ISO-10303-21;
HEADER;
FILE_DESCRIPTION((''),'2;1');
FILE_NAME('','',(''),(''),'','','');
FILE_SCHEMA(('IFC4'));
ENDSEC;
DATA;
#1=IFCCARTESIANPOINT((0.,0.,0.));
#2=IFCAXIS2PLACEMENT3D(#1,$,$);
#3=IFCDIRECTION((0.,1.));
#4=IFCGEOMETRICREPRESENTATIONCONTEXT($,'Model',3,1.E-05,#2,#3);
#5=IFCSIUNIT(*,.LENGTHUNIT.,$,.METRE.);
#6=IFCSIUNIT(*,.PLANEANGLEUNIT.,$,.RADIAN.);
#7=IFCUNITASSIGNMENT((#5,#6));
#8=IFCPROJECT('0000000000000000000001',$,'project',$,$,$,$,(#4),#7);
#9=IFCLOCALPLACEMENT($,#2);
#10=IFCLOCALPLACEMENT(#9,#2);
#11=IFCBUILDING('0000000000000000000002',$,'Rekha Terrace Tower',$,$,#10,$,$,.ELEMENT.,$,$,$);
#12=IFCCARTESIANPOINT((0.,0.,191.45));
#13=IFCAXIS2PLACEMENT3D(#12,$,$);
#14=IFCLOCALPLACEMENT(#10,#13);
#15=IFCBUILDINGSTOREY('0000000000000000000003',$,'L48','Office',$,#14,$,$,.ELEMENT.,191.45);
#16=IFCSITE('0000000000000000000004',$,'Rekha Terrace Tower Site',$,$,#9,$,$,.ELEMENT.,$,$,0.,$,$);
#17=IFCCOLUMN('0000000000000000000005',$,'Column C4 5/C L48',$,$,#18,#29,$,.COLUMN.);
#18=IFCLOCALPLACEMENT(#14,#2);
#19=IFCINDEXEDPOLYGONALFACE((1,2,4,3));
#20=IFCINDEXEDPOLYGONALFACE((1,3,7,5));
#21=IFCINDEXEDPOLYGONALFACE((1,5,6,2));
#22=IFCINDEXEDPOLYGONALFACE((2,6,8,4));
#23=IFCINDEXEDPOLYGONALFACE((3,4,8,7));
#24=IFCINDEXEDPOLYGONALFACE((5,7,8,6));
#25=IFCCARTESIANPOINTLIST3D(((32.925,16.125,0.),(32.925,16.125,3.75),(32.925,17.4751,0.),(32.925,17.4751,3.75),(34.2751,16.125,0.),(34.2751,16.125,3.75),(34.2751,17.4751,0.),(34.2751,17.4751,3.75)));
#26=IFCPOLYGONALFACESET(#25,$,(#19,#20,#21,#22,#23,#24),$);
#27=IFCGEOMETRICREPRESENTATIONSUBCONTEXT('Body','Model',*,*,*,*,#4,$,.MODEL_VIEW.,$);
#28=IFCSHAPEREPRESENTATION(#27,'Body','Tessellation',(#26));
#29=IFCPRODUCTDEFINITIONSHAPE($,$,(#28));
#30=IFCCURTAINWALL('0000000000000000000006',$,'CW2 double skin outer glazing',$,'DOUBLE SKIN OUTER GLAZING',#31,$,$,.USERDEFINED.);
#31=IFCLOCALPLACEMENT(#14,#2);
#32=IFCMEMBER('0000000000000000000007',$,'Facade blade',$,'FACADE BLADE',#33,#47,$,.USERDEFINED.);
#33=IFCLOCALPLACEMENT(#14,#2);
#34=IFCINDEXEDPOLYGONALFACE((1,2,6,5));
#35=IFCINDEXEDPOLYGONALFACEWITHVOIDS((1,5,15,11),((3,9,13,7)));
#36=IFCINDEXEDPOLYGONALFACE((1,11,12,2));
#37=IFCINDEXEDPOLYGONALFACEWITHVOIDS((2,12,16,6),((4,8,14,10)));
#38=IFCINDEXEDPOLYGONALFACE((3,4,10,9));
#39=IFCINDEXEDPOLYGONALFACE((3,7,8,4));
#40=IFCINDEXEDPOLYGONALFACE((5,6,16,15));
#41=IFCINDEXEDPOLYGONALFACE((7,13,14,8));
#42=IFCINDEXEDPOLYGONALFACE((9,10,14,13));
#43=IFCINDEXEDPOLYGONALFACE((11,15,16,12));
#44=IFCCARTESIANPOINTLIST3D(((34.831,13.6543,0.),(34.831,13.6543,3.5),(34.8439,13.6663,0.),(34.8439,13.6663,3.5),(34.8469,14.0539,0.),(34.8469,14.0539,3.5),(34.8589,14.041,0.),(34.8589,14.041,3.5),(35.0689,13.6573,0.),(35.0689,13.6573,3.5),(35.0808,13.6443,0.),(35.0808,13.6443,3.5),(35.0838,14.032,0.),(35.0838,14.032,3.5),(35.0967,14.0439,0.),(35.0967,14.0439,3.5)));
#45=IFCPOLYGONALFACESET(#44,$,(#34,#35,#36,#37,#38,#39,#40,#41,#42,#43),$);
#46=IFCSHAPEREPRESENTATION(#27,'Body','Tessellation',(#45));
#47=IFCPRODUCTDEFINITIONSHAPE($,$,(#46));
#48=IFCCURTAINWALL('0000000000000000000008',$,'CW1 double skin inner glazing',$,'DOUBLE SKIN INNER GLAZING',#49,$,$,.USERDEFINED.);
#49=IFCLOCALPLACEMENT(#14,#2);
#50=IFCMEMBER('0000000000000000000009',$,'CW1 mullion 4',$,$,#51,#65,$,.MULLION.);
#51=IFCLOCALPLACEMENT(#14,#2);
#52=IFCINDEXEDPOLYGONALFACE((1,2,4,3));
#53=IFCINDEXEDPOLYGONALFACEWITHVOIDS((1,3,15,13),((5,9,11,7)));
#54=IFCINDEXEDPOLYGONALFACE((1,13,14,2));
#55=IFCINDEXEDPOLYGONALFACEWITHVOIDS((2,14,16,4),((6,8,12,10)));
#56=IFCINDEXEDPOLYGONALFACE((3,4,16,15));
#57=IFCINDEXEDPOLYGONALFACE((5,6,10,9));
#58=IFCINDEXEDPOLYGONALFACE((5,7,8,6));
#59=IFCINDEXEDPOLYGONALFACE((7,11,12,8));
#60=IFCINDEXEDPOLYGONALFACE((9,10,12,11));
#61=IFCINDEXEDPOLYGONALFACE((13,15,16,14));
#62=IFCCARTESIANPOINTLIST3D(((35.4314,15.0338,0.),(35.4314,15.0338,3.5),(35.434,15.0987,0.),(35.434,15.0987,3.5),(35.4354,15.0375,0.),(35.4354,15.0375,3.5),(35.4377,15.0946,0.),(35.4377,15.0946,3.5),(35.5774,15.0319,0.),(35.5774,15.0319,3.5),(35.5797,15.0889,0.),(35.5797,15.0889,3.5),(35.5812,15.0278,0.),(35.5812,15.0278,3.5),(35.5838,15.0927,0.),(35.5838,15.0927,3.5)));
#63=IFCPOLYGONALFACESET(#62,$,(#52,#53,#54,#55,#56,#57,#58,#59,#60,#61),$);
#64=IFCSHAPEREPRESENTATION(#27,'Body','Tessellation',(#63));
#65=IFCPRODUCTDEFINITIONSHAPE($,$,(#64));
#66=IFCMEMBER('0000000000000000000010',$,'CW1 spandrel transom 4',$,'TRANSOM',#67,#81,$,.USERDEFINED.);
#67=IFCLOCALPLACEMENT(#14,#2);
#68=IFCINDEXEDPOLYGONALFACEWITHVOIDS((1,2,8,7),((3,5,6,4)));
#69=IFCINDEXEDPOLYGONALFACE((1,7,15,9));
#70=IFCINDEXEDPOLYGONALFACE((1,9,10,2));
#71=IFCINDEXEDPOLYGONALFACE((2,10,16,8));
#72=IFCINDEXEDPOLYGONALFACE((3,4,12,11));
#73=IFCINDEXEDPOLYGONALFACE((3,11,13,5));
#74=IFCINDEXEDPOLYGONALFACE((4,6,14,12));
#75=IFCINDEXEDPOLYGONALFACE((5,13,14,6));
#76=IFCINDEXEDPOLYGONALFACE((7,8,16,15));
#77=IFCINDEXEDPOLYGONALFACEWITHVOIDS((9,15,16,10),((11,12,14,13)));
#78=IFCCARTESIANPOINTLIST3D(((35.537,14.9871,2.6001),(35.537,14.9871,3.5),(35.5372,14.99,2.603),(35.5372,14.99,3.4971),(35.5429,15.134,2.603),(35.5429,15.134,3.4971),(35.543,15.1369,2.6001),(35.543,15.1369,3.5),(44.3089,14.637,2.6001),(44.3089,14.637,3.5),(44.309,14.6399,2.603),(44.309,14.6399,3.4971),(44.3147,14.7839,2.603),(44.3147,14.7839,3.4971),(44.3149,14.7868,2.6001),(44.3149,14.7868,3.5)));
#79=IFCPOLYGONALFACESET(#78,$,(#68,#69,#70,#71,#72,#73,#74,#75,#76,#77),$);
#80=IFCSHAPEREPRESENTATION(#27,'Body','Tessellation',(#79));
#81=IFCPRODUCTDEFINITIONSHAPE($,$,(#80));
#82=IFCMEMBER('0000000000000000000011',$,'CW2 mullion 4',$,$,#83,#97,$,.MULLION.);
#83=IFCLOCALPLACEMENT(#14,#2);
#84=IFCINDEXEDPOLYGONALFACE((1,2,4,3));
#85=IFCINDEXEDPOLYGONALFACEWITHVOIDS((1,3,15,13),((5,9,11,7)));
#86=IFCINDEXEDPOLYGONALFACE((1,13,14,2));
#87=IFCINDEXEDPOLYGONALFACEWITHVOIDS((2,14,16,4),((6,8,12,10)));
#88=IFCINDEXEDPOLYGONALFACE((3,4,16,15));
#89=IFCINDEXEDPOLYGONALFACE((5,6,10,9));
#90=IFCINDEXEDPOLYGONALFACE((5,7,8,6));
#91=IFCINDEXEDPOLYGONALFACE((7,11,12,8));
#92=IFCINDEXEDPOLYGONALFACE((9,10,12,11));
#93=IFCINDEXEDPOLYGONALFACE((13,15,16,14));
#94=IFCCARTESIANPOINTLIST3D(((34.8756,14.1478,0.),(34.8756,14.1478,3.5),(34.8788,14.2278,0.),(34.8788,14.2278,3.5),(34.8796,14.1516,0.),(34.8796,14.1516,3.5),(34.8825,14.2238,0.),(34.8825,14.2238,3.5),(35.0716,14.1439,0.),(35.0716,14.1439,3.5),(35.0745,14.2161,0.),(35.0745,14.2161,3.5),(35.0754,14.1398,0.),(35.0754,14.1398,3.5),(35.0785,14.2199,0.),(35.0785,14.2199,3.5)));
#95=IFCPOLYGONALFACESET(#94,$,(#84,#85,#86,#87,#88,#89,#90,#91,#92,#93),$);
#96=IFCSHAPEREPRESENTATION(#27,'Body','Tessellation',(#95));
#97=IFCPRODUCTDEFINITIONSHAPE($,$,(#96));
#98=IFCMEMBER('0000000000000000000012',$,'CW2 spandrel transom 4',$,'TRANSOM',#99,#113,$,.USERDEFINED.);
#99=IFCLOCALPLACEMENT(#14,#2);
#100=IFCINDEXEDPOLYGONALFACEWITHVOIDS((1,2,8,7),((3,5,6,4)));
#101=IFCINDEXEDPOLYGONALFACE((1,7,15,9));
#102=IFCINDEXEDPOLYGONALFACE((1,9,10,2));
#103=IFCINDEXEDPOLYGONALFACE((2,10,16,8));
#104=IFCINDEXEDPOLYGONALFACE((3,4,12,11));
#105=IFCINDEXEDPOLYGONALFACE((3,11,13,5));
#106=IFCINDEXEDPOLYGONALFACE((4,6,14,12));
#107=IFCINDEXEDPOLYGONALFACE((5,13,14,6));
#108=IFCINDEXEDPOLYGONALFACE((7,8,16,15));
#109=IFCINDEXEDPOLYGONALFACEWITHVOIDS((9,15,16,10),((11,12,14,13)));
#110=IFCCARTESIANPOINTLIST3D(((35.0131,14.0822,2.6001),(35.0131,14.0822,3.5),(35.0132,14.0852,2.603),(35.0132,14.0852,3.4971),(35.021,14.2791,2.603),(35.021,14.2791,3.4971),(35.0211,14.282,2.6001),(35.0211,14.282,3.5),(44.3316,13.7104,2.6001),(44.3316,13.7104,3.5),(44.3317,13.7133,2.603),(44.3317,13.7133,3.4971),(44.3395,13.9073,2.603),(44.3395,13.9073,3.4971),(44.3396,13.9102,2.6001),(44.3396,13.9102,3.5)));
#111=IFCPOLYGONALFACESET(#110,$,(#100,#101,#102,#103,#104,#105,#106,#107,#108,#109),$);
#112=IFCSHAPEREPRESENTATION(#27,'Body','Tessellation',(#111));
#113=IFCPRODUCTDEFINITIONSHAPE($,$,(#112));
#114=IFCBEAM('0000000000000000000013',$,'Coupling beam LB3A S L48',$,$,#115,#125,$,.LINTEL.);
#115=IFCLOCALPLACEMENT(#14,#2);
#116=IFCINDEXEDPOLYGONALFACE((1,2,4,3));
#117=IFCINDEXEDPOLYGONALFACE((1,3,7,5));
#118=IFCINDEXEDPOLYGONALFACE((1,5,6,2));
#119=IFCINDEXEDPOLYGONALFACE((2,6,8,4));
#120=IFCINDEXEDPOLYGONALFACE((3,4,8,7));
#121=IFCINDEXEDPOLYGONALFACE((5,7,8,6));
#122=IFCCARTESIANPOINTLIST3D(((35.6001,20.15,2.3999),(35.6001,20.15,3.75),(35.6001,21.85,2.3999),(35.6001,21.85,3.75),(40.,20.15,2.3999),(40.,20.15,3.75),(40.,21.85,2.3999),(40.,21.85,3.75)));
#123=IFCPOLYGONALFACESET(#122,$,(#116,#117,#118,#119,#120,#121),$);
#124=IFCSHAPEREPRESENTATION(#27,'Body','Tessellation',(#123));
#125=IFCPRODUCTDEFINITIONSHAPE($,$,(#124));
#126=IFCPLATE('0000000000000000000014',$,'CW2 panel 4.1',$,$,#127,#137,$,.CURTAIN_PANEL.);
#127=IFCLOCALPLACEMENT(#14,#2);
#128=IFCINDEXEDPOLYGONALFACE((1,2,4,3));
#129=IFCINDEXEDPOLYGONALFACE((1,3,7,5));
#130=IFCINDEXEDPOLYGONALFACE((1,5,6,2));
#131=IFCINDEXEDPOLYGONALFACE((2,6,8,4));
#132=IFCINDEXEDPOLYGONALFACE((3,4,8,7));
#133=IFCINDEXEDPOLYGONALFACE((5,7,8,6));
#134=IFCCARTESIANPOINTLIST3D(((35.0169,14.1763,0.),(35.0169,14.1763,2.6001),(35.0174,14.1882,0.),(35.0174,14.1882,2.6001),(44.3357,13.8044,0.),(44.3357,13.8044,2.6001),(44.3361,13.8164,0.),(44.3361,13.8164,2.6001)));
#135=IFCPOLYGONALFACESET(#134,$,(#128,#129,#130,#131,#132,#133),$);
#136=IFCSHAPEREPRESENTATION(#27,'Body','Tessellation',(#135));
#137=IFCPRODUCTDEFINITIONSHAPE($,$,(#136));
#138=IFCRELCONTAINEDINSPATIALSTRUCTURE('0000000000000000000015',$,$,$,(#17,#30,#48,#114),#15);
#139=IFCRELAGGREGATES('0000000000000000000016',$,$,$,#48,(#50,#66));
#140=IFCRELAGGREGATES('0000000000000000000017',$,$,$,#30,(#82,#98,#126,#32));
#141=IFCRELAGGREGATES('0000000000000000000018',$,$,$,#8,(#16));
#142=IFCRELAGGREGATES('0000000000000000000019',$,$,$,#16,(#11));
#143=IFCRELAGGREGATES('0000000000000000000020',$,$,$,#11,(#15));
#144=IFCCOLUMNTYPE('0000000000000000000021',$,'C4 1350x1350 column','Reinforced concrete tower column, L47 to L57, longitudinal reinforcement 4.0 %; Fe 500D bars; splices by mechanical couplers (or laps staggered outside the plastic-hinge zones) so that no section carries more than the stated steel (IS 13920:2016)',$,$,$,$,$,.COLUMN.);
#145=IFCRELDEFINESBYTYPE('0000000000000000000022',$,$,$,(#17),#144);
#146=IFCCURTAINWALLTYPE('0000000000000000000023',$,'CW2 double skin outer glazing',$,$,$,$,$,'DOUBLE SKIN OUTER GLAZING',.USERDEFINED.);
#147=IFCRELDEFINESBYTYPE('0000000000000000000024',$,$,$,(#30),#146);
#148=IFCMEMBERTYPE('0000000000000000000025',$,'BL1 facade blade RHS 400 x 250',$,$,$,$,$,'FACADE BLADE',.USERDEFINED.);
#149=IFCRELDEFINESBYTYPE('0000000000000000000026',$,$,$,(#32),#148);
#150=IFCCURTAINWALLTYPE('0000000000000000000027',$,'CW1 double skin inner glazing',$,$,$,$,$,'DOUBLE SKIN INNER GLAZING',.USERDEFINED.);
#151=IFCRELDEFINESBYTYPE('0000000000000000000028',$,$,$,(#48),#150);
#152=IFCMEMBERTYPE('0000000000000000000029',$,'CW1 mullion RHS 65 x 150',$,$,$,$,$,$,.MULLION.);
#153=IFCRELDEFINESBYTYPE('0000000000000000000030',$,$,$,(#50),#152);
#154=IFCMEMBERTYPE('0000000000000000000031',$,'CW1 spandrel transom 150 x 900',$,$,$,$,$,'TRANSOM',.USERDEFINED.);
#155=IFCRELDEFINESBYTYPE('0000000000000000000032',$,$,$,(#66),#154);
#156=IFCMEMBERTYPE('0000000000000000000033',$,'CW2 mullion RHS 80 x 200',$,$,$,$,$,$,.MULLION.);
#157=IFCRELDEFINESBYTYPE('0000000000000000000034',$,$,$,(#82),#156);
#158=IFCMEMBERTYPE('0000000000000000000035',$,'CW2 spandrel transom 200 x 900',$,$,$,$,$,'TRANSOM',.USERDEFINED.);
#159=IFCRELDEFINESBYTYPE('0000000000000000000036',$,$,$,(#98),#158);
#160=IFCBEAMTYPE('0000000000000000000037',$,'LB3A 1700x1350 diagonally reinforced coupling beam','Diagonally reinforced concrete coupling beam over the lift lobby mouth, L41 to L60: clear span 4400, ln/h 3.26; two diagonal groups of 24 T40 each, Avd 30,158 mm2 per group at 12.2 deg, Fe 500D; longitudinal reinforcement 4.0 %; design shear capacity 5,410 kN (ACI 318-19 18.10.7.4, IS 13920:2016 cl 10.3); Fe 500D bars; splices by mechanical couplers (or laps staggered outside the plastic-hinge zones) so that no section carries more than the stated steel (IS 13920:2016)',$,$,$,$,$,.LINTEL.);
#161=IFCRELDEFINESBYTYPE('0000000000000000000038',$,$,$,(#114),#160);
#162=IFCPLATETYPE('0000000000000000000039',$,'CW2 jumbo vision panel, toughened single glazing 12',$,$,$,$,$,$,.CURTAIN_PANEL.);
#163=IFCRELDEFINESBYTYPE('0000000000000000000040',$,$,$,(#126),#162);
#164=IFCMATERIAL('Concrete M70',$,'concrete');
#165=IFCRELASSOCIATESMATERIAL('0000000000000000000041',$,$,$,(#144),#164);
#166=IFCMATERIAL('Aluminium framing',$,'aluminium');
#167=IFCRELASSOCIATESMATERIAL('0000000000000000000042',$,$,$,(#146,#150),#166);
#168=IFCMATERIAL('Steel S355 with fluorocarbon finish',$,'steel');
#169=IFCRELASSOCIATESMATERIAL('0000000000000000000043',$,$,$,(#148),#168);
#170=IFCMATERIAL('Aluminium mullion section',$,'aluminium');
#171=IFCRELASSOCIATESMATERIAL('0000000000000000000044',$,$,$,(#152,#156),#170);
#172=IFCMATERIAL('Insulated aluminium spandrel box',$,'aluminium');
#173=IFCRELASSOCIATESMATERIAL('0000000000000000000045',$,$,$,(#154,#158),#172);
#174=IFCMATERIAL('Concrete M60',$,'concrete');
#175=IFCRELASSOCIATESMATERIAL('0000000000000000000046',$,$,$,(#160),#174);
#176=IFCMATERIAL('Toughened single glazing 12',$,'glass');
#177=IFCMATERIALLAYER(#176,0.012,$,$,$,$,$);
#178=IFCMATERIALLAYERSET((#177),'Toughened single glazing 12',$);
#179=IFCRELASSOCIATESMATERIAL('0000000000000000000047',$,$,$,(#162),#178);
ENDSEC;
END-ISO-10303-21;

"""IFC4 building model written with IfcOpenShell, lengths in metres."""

from ifc_helpers import new_model, si_unit, direction, frame, origin, origin_2d, place, context, subcontext, project, spatial, rectangle, hollow_rectangle, extrude, material, layer, layer_set, material_profile, profile_set, type_object, element, aggregate, save


model = new_model("IFC4")

# Units and contexts
model_context = context("Model", 3, precision=1e-05, world=origin(), true_north=direction((0.0, 1.0)))
body_context = subcontext(model_context, "Body", "Model", "MODEL_VIEW")
ifc_project = project(units=[si_unit("LENGTHUNIT", "METRE"), si_unit("PLANEANGLEUNIT", "RADIAN")], contexts=[model_context])

# Site, building, storey
site_placement = place(None, origin())
site = spatial("IfcSite", under=ifc_project, at=site_placement, Name="Rekha Terrace Tower Site", CompositionType="ELEMENT", RefElevation=0.0)
building_placement = place(site_placement, origin())
building = spatial("IfcBuilding", under=site, at=building_placement, Name="Rekha Terrace Tower", CompositionType="ELEMENT")
storey_placement = place(building_placement, frame((0.0, 0.0, 191.45)))
storey = spatial("IfcBuildingStorey", under=building, at=storey_placement, Name="L48", Description="Office", CompositionType="ELEMENT", Elevation=191.45)

# Column
ifc_material_1 = material(Name="Concrete M70", Category="concrete")
ifc_material_profile_1 = material_profile(ifc_material_1, rectangle(XDim=1.3501, YDim=1.3501, at=origin_2d()), Name="RC 1350x1350")
ifc_profile_set_1 = profile_set([ifc_material_profile_1], Name="Concrete M70")
column_type = type_object("IfcColumnType", Name="C4 1350x1350 column", Description="Reinforced concrete tower column, L47 to L57, longitudinal reinforcement 4.0 %; Fe 500D bars; splices by mechanical couplers (or laps staggered outside the plastic-hinge zones) so that no section carries more than the stated steel (IS 13920:2016)", PredefinedType="COLUMN", material=ifc_profile_set_1)
column_placement = place(storey_placement, frame((33.6001, 16.8, 0.0), z_axis=(0.0, 0.0, 1.0), x_axis=(1.0, 0.0, 0.0)))
element("IfcColumn", 1, at=column_placement, inside=storey, type_object=column_type, Name="Column C4 5/C L48", PredefinedType="COLUMN", context=body_context, shape_type="SweptSolid", body=[
    extrude(rectangle(XDim=1.3501, YDim=1.3501, at=origin_2d()), origin(), (0.0, 0.0, 1.0), 3.75),
])

# Curtain wall, member
ifc_material_2 = material(Name="Aluminium framing", Category="aluminium")
curtain_wall_type_1 = type_object("IfcCurtainWallType", Name="CW2 double skin outer glazing", ElementType="DOUBLE SKIN OUTER GLAZING", PredefinedType="USERDEFINED", material=ifc_material_2)
curtain_wall_1_placement = place(storey_placement, origin())
curtain_wall_1 = element("IfcCurtainWall", 2, at=curtain_wall_1_placement, inside=storey, type_object=curtain_wall_type_1, Name="CW2 double skin outer glazing", ObjectType="DOUBLE SKIN OUTER GLAZING", PredefinedType="USERDEFINED")
ifc_material_3 = material(Name="Steel S355 with fluorocarbon finish", Category="steel")
ifc_material_profile_2 = material_profile(ifc_material_3, hollow_rectangle(XDim=0.25, YDim=0.3999, WallThickness=0.0125, at=origin_2d()), Name="RHS400x250x12.5")
ifc_profile_set_2 = profile_set([ifc_material_profile_2], Name="Steel S355 with fluorocarbon finish")
member_type_1 = type_object("IfcMemberType", Name="BL1 facade blade RHS 400 x 250", ElementType="FACADE BLADE", PredefinedType="USERDEFINED", material=ifc_profile_set_2)
member_1_placement = place(storey_placement, frame((34.9639, 13.8491, 0.0), z_axis=(0.0, 0.0, 1.0), x_axis=(0.999205, -0.039872, 0.0)))
member_1 = element("IfcMember", 3, at=member_1_placement, type_object=member_type_1, Name="Facade blade", ObjectType="FACADE BLADE", PredefinedType="USERDEFINED", context=body_context, shape_type="SweptSolid", body=[
    extrude(hollow_rectangle(XDim=0.25, YDim=0.3999, WallThickness=0.0125, at=origin_2d()), origin(), (0.0, 0.0, 1.0), 3.5),
])

# Curtain wall, members
curtain_wall_type_2 = type_object("IfcCurtainWallType", Name="CW1 double skin inner glazing", ElementType="DOUBLE SKIN INNER GLAZING", PredefinedType="USERDEFINED", material=ifc_material_2)
curtain_wall_2_placement = place(storey_placement, origin())
curtain_wall_2 = element("IfcCurtainWall", 4, at=curtain_wall_2_placement, inside=storey, type_object=curtain_wall_type_2, Name="CW1 double skin inner glazing", ObjectType="DOUBLE SKIN INNER GLAZING", PredefinedType="USERDEFINED")
ifc_material_4 = material(Name="Aluminium mullion section", Category="aluminium")
ifc_material_profile_3 = material_profile(ifc_material_4, hollow_rectangle(XDim=0.0649, YDim=0.1499, WallThickness=0.0039, at=origin_2d()), Name="AL RHS 65x150")
ifc_profile_set_3 = profile_set([ifc_material_profile_3], Name="Aluminium mullion section")
member_type_2 = type_object("IfcMemberType", Name="CW1 mullion RHS 65 x 150", PredefinedType="MULLION", material=ifc_profile_set_3)
member_2_placement = place(storey_placement, frame((35.5076, 15.0632, 0.0), z_axis=(0.0, 0.0, 1.0), x_axis=(0.039872, 0.999205, 0.0)))
member_2 = element("IfcMember", 5, at=member_2_placement, type_object=member_type_2, Name="CW1 mullion 4", PredefinedType="MULLION", context=body_context, shape_type="SweptSolid", body=[
    extrude(hollow_rectangle(XDim=0.0649, YDim=0.1499, WallThickness=0.0039, at=origin_2d()), origin(), (0.0, 0.0, 1.0), 3.5),
])
ifc_material_5 = material(Name="Insulated aluminium spandrel box", Category="aluminium")
ifc_material_profile_4 = material_profile(ifc_material_5, hollow_rectangle(XDim=0.1499, YDim=0.8999, WallThickness=0.0029, at=origin_2d()), Name="AL SPANDREL BOX 150x900")
ifc_profile_set_4 = profile_set([ifc_material_profile_4], Name="Insulated aluminium spandrel box")
member_type_3 = type_object("IfcMemberType", Name="CW1 spandrel transom 150 x 900", ElementType="TRANSOM", PredefinedType="USERDEFINED", material=ifc_profile_set_4)
member_3_placement = place(storey_placement, frame((35.54, 15.062, 3.05), z_axis=(0.999204, -0.03988, 0.0), x_axis=(0.03988, 0.999204, 0.0)))
member_3 = element("IfcMember", 6, at=member_3_placement, type_object=member_type_3, Name="CW1 spandrel transom 4", ObjectType="TRANSOM", PredefinedType="USERDEFINED", context=body_context, shape_type="SweptSolid", body=[
    extrude(hollow_rectangle(XDim=0.1499, YDim=0.8999, WallThickness=0.0029, at=origin_2d()), origin(), (0.0, 0.0, 1.0), 8.7788),
])
aggregate(curtain_wall_2, [member_2, member_3])

# Members
ifc_material_profile_5 = material_profile(ifc_material_4, hollow_rectangle(XDim=0.0801, YDim=0.2, WallThickness=0.0039, at=origin_2d()), Name="AL RHS 80x200")
ifc_profile_set_5 = profile_set([ifc_material_profile_5], Name="Aluminium mullion section")
member_type_4 = type_object("IfcMemberType", Name="CW2 mullion RHS 80 x 200", PredefinedType="MULLION", material=ifc_profile_set_5)
member_4_placement = place(storey_placement, frame((34.9771, 14.1838, 0.0), z_axis=(0.0, 0.0, 1.0), x_axis=(0.039872, 0.999205, 0.0)))
member_4 = element("IfcMember", 7, at=member_4_placement, type_object=member_type_4, Name="CW2 mullion 4", PredefinedType="MULLION", context=body_context, shape_type="SweptSolid", body=[
    extrude(hollow_rectangle(XDim=0.0801, YDim=0.2, WallThickness=0.0039, at=origin_2d()), origin(), (0.0, 0.0, 1.0), 3.5),
])
ifc_material_profile_6 = material_profile(ifc_material_5, hollow_rectangle(XDim=0.2, YDim=0.8999, WallThickness=0.0029, at=origin_2d()), Name="AL SPANDREL BOX 200x900")
ifc_profile_set_6 = profile_set([ifc_material_profile_6], Name="Insulated aluminium spandrel box")
member_type_5 = type_object("IfcMemberType", Name="CW2 spandrel transom 200 x 900", ElementType="TRANSOM", PredefinedType="USERDEFINED", material=ifc_profile_set_6)
member_5_placement = place(storey_placement, frame((35.0171, 14.1821, 3.05), z_axis=(0.999205, -0.03987, 0.0), x_axis=(0.03987, 0.999205, 0.0)))
member_5 = element("IfcMember", 8, at=member_5_placement, type_object=member_type_5, Name="CW2 spandrel transom 4", ObjectType="TRANSOM", PredefinedType="USERDEFINED", context=body_context, shape_type="SweptSolid", body=[
    extrude(hollow_rectangle(XDim=0.2, YDim=0.8999, WallThickness=0.0029, at=origin_2d()), origin(), (0.0, 0.0, 1.0), 9.3259),
])

# Beam
ifc_material_6 = material(Name="Concrete M60", Category="concrete")
ifc_material_profile_7 = material_profile(ifc_material_6, rectangle(XDim=1.7, YDim=1.3501, at=origin_2d()), Name="RC 1700x1350")
ifc_profile_set_7 = profile_set([ifc_material_profile_7], Name="Concrete M60")
beam_type = type_object("IfcBeamType", Name="LB3A 1700x1350 diagonally reinforced coupling beam", Description="Diagonally reinforced concrete coupling beam over the lift lobby mouth, L41 to L60: clear span 4400, ln/h 3.26; two diagonal groups of 24 T40 each, Avd 30,158 mm2 per group at 12.2 deg, Fe 500D; longitudinal reinforcement 4.0 %; design shear capacity 5,410 kN (ACI 318-19 18.10.7.4, IS 13920:2016 cl 10.3); Fe 500D bars; splices by mechanical couplers (or laps staggered outside the plastic-hinge zones) so that no section carries more than the stated steel (IS 13920:2016)", PredefinedType="LINTEL", material=ifc_profile_set_7)
beam_placement = place(storey_placement, frame((35.6001, 21.0, 3.075), z_axis=(1.0, 0.0, 0.0), x_axis=(0.0, 1.0, 0.0)))
element("IfcBeam", 9, at=beam_placement, inside=storey, type_object=beam_type, Name="Coupling beam LB3A S L48", PredefinedType="LINTEL", context=body_context, shape_type="SweptSolid", body=[
    extrude(rectangle(XDim=1.7, YDim=1.3501, at=origin_2d()), origin(), (0.0, 0.0, 1.0), 4.3999),
])

# Plate
ifc_material_7 = material(Name="Toughened single glazing 12", Category="glass")
ifc_layer_1 = layer(ifc_material_7, 0.012)
ifc_layer_set_1 = layer_set([ifc_layer_1], Name="Toughened single glazing 12")
plate_type = type_object("IfcPlateType", Name="CW2 jumbo vision panel, toughened single glazing 12", PredefinedType="CURTAIN_PANEL", material=ifc_layer_set_1)
plate_placement = place(storey_placement, frame((39.6765, 13.9963, 0.0), z_axis=(0.0, 0.0, 1.0), x_axis=(0.999205, -0.039872, 0.0)))
plate = element("IfcPlate", 10, at=plate_placement, type_object=plate_type, Name="CW2 panel 4.1", PredefinedType="CURTAIN_PANEL", context=body_context, shape_type="SweptSolid", body=[
    extrude(rectangle(XDim=9.3262, YDim=0.012, at=origin_2d()), origin(), (0.0, 0.0, 1.0), 2.6001),
])
aggregate(curtain_wall_1, [member_4, member_5, plate, member_1])

save(model, "model.ifc")
